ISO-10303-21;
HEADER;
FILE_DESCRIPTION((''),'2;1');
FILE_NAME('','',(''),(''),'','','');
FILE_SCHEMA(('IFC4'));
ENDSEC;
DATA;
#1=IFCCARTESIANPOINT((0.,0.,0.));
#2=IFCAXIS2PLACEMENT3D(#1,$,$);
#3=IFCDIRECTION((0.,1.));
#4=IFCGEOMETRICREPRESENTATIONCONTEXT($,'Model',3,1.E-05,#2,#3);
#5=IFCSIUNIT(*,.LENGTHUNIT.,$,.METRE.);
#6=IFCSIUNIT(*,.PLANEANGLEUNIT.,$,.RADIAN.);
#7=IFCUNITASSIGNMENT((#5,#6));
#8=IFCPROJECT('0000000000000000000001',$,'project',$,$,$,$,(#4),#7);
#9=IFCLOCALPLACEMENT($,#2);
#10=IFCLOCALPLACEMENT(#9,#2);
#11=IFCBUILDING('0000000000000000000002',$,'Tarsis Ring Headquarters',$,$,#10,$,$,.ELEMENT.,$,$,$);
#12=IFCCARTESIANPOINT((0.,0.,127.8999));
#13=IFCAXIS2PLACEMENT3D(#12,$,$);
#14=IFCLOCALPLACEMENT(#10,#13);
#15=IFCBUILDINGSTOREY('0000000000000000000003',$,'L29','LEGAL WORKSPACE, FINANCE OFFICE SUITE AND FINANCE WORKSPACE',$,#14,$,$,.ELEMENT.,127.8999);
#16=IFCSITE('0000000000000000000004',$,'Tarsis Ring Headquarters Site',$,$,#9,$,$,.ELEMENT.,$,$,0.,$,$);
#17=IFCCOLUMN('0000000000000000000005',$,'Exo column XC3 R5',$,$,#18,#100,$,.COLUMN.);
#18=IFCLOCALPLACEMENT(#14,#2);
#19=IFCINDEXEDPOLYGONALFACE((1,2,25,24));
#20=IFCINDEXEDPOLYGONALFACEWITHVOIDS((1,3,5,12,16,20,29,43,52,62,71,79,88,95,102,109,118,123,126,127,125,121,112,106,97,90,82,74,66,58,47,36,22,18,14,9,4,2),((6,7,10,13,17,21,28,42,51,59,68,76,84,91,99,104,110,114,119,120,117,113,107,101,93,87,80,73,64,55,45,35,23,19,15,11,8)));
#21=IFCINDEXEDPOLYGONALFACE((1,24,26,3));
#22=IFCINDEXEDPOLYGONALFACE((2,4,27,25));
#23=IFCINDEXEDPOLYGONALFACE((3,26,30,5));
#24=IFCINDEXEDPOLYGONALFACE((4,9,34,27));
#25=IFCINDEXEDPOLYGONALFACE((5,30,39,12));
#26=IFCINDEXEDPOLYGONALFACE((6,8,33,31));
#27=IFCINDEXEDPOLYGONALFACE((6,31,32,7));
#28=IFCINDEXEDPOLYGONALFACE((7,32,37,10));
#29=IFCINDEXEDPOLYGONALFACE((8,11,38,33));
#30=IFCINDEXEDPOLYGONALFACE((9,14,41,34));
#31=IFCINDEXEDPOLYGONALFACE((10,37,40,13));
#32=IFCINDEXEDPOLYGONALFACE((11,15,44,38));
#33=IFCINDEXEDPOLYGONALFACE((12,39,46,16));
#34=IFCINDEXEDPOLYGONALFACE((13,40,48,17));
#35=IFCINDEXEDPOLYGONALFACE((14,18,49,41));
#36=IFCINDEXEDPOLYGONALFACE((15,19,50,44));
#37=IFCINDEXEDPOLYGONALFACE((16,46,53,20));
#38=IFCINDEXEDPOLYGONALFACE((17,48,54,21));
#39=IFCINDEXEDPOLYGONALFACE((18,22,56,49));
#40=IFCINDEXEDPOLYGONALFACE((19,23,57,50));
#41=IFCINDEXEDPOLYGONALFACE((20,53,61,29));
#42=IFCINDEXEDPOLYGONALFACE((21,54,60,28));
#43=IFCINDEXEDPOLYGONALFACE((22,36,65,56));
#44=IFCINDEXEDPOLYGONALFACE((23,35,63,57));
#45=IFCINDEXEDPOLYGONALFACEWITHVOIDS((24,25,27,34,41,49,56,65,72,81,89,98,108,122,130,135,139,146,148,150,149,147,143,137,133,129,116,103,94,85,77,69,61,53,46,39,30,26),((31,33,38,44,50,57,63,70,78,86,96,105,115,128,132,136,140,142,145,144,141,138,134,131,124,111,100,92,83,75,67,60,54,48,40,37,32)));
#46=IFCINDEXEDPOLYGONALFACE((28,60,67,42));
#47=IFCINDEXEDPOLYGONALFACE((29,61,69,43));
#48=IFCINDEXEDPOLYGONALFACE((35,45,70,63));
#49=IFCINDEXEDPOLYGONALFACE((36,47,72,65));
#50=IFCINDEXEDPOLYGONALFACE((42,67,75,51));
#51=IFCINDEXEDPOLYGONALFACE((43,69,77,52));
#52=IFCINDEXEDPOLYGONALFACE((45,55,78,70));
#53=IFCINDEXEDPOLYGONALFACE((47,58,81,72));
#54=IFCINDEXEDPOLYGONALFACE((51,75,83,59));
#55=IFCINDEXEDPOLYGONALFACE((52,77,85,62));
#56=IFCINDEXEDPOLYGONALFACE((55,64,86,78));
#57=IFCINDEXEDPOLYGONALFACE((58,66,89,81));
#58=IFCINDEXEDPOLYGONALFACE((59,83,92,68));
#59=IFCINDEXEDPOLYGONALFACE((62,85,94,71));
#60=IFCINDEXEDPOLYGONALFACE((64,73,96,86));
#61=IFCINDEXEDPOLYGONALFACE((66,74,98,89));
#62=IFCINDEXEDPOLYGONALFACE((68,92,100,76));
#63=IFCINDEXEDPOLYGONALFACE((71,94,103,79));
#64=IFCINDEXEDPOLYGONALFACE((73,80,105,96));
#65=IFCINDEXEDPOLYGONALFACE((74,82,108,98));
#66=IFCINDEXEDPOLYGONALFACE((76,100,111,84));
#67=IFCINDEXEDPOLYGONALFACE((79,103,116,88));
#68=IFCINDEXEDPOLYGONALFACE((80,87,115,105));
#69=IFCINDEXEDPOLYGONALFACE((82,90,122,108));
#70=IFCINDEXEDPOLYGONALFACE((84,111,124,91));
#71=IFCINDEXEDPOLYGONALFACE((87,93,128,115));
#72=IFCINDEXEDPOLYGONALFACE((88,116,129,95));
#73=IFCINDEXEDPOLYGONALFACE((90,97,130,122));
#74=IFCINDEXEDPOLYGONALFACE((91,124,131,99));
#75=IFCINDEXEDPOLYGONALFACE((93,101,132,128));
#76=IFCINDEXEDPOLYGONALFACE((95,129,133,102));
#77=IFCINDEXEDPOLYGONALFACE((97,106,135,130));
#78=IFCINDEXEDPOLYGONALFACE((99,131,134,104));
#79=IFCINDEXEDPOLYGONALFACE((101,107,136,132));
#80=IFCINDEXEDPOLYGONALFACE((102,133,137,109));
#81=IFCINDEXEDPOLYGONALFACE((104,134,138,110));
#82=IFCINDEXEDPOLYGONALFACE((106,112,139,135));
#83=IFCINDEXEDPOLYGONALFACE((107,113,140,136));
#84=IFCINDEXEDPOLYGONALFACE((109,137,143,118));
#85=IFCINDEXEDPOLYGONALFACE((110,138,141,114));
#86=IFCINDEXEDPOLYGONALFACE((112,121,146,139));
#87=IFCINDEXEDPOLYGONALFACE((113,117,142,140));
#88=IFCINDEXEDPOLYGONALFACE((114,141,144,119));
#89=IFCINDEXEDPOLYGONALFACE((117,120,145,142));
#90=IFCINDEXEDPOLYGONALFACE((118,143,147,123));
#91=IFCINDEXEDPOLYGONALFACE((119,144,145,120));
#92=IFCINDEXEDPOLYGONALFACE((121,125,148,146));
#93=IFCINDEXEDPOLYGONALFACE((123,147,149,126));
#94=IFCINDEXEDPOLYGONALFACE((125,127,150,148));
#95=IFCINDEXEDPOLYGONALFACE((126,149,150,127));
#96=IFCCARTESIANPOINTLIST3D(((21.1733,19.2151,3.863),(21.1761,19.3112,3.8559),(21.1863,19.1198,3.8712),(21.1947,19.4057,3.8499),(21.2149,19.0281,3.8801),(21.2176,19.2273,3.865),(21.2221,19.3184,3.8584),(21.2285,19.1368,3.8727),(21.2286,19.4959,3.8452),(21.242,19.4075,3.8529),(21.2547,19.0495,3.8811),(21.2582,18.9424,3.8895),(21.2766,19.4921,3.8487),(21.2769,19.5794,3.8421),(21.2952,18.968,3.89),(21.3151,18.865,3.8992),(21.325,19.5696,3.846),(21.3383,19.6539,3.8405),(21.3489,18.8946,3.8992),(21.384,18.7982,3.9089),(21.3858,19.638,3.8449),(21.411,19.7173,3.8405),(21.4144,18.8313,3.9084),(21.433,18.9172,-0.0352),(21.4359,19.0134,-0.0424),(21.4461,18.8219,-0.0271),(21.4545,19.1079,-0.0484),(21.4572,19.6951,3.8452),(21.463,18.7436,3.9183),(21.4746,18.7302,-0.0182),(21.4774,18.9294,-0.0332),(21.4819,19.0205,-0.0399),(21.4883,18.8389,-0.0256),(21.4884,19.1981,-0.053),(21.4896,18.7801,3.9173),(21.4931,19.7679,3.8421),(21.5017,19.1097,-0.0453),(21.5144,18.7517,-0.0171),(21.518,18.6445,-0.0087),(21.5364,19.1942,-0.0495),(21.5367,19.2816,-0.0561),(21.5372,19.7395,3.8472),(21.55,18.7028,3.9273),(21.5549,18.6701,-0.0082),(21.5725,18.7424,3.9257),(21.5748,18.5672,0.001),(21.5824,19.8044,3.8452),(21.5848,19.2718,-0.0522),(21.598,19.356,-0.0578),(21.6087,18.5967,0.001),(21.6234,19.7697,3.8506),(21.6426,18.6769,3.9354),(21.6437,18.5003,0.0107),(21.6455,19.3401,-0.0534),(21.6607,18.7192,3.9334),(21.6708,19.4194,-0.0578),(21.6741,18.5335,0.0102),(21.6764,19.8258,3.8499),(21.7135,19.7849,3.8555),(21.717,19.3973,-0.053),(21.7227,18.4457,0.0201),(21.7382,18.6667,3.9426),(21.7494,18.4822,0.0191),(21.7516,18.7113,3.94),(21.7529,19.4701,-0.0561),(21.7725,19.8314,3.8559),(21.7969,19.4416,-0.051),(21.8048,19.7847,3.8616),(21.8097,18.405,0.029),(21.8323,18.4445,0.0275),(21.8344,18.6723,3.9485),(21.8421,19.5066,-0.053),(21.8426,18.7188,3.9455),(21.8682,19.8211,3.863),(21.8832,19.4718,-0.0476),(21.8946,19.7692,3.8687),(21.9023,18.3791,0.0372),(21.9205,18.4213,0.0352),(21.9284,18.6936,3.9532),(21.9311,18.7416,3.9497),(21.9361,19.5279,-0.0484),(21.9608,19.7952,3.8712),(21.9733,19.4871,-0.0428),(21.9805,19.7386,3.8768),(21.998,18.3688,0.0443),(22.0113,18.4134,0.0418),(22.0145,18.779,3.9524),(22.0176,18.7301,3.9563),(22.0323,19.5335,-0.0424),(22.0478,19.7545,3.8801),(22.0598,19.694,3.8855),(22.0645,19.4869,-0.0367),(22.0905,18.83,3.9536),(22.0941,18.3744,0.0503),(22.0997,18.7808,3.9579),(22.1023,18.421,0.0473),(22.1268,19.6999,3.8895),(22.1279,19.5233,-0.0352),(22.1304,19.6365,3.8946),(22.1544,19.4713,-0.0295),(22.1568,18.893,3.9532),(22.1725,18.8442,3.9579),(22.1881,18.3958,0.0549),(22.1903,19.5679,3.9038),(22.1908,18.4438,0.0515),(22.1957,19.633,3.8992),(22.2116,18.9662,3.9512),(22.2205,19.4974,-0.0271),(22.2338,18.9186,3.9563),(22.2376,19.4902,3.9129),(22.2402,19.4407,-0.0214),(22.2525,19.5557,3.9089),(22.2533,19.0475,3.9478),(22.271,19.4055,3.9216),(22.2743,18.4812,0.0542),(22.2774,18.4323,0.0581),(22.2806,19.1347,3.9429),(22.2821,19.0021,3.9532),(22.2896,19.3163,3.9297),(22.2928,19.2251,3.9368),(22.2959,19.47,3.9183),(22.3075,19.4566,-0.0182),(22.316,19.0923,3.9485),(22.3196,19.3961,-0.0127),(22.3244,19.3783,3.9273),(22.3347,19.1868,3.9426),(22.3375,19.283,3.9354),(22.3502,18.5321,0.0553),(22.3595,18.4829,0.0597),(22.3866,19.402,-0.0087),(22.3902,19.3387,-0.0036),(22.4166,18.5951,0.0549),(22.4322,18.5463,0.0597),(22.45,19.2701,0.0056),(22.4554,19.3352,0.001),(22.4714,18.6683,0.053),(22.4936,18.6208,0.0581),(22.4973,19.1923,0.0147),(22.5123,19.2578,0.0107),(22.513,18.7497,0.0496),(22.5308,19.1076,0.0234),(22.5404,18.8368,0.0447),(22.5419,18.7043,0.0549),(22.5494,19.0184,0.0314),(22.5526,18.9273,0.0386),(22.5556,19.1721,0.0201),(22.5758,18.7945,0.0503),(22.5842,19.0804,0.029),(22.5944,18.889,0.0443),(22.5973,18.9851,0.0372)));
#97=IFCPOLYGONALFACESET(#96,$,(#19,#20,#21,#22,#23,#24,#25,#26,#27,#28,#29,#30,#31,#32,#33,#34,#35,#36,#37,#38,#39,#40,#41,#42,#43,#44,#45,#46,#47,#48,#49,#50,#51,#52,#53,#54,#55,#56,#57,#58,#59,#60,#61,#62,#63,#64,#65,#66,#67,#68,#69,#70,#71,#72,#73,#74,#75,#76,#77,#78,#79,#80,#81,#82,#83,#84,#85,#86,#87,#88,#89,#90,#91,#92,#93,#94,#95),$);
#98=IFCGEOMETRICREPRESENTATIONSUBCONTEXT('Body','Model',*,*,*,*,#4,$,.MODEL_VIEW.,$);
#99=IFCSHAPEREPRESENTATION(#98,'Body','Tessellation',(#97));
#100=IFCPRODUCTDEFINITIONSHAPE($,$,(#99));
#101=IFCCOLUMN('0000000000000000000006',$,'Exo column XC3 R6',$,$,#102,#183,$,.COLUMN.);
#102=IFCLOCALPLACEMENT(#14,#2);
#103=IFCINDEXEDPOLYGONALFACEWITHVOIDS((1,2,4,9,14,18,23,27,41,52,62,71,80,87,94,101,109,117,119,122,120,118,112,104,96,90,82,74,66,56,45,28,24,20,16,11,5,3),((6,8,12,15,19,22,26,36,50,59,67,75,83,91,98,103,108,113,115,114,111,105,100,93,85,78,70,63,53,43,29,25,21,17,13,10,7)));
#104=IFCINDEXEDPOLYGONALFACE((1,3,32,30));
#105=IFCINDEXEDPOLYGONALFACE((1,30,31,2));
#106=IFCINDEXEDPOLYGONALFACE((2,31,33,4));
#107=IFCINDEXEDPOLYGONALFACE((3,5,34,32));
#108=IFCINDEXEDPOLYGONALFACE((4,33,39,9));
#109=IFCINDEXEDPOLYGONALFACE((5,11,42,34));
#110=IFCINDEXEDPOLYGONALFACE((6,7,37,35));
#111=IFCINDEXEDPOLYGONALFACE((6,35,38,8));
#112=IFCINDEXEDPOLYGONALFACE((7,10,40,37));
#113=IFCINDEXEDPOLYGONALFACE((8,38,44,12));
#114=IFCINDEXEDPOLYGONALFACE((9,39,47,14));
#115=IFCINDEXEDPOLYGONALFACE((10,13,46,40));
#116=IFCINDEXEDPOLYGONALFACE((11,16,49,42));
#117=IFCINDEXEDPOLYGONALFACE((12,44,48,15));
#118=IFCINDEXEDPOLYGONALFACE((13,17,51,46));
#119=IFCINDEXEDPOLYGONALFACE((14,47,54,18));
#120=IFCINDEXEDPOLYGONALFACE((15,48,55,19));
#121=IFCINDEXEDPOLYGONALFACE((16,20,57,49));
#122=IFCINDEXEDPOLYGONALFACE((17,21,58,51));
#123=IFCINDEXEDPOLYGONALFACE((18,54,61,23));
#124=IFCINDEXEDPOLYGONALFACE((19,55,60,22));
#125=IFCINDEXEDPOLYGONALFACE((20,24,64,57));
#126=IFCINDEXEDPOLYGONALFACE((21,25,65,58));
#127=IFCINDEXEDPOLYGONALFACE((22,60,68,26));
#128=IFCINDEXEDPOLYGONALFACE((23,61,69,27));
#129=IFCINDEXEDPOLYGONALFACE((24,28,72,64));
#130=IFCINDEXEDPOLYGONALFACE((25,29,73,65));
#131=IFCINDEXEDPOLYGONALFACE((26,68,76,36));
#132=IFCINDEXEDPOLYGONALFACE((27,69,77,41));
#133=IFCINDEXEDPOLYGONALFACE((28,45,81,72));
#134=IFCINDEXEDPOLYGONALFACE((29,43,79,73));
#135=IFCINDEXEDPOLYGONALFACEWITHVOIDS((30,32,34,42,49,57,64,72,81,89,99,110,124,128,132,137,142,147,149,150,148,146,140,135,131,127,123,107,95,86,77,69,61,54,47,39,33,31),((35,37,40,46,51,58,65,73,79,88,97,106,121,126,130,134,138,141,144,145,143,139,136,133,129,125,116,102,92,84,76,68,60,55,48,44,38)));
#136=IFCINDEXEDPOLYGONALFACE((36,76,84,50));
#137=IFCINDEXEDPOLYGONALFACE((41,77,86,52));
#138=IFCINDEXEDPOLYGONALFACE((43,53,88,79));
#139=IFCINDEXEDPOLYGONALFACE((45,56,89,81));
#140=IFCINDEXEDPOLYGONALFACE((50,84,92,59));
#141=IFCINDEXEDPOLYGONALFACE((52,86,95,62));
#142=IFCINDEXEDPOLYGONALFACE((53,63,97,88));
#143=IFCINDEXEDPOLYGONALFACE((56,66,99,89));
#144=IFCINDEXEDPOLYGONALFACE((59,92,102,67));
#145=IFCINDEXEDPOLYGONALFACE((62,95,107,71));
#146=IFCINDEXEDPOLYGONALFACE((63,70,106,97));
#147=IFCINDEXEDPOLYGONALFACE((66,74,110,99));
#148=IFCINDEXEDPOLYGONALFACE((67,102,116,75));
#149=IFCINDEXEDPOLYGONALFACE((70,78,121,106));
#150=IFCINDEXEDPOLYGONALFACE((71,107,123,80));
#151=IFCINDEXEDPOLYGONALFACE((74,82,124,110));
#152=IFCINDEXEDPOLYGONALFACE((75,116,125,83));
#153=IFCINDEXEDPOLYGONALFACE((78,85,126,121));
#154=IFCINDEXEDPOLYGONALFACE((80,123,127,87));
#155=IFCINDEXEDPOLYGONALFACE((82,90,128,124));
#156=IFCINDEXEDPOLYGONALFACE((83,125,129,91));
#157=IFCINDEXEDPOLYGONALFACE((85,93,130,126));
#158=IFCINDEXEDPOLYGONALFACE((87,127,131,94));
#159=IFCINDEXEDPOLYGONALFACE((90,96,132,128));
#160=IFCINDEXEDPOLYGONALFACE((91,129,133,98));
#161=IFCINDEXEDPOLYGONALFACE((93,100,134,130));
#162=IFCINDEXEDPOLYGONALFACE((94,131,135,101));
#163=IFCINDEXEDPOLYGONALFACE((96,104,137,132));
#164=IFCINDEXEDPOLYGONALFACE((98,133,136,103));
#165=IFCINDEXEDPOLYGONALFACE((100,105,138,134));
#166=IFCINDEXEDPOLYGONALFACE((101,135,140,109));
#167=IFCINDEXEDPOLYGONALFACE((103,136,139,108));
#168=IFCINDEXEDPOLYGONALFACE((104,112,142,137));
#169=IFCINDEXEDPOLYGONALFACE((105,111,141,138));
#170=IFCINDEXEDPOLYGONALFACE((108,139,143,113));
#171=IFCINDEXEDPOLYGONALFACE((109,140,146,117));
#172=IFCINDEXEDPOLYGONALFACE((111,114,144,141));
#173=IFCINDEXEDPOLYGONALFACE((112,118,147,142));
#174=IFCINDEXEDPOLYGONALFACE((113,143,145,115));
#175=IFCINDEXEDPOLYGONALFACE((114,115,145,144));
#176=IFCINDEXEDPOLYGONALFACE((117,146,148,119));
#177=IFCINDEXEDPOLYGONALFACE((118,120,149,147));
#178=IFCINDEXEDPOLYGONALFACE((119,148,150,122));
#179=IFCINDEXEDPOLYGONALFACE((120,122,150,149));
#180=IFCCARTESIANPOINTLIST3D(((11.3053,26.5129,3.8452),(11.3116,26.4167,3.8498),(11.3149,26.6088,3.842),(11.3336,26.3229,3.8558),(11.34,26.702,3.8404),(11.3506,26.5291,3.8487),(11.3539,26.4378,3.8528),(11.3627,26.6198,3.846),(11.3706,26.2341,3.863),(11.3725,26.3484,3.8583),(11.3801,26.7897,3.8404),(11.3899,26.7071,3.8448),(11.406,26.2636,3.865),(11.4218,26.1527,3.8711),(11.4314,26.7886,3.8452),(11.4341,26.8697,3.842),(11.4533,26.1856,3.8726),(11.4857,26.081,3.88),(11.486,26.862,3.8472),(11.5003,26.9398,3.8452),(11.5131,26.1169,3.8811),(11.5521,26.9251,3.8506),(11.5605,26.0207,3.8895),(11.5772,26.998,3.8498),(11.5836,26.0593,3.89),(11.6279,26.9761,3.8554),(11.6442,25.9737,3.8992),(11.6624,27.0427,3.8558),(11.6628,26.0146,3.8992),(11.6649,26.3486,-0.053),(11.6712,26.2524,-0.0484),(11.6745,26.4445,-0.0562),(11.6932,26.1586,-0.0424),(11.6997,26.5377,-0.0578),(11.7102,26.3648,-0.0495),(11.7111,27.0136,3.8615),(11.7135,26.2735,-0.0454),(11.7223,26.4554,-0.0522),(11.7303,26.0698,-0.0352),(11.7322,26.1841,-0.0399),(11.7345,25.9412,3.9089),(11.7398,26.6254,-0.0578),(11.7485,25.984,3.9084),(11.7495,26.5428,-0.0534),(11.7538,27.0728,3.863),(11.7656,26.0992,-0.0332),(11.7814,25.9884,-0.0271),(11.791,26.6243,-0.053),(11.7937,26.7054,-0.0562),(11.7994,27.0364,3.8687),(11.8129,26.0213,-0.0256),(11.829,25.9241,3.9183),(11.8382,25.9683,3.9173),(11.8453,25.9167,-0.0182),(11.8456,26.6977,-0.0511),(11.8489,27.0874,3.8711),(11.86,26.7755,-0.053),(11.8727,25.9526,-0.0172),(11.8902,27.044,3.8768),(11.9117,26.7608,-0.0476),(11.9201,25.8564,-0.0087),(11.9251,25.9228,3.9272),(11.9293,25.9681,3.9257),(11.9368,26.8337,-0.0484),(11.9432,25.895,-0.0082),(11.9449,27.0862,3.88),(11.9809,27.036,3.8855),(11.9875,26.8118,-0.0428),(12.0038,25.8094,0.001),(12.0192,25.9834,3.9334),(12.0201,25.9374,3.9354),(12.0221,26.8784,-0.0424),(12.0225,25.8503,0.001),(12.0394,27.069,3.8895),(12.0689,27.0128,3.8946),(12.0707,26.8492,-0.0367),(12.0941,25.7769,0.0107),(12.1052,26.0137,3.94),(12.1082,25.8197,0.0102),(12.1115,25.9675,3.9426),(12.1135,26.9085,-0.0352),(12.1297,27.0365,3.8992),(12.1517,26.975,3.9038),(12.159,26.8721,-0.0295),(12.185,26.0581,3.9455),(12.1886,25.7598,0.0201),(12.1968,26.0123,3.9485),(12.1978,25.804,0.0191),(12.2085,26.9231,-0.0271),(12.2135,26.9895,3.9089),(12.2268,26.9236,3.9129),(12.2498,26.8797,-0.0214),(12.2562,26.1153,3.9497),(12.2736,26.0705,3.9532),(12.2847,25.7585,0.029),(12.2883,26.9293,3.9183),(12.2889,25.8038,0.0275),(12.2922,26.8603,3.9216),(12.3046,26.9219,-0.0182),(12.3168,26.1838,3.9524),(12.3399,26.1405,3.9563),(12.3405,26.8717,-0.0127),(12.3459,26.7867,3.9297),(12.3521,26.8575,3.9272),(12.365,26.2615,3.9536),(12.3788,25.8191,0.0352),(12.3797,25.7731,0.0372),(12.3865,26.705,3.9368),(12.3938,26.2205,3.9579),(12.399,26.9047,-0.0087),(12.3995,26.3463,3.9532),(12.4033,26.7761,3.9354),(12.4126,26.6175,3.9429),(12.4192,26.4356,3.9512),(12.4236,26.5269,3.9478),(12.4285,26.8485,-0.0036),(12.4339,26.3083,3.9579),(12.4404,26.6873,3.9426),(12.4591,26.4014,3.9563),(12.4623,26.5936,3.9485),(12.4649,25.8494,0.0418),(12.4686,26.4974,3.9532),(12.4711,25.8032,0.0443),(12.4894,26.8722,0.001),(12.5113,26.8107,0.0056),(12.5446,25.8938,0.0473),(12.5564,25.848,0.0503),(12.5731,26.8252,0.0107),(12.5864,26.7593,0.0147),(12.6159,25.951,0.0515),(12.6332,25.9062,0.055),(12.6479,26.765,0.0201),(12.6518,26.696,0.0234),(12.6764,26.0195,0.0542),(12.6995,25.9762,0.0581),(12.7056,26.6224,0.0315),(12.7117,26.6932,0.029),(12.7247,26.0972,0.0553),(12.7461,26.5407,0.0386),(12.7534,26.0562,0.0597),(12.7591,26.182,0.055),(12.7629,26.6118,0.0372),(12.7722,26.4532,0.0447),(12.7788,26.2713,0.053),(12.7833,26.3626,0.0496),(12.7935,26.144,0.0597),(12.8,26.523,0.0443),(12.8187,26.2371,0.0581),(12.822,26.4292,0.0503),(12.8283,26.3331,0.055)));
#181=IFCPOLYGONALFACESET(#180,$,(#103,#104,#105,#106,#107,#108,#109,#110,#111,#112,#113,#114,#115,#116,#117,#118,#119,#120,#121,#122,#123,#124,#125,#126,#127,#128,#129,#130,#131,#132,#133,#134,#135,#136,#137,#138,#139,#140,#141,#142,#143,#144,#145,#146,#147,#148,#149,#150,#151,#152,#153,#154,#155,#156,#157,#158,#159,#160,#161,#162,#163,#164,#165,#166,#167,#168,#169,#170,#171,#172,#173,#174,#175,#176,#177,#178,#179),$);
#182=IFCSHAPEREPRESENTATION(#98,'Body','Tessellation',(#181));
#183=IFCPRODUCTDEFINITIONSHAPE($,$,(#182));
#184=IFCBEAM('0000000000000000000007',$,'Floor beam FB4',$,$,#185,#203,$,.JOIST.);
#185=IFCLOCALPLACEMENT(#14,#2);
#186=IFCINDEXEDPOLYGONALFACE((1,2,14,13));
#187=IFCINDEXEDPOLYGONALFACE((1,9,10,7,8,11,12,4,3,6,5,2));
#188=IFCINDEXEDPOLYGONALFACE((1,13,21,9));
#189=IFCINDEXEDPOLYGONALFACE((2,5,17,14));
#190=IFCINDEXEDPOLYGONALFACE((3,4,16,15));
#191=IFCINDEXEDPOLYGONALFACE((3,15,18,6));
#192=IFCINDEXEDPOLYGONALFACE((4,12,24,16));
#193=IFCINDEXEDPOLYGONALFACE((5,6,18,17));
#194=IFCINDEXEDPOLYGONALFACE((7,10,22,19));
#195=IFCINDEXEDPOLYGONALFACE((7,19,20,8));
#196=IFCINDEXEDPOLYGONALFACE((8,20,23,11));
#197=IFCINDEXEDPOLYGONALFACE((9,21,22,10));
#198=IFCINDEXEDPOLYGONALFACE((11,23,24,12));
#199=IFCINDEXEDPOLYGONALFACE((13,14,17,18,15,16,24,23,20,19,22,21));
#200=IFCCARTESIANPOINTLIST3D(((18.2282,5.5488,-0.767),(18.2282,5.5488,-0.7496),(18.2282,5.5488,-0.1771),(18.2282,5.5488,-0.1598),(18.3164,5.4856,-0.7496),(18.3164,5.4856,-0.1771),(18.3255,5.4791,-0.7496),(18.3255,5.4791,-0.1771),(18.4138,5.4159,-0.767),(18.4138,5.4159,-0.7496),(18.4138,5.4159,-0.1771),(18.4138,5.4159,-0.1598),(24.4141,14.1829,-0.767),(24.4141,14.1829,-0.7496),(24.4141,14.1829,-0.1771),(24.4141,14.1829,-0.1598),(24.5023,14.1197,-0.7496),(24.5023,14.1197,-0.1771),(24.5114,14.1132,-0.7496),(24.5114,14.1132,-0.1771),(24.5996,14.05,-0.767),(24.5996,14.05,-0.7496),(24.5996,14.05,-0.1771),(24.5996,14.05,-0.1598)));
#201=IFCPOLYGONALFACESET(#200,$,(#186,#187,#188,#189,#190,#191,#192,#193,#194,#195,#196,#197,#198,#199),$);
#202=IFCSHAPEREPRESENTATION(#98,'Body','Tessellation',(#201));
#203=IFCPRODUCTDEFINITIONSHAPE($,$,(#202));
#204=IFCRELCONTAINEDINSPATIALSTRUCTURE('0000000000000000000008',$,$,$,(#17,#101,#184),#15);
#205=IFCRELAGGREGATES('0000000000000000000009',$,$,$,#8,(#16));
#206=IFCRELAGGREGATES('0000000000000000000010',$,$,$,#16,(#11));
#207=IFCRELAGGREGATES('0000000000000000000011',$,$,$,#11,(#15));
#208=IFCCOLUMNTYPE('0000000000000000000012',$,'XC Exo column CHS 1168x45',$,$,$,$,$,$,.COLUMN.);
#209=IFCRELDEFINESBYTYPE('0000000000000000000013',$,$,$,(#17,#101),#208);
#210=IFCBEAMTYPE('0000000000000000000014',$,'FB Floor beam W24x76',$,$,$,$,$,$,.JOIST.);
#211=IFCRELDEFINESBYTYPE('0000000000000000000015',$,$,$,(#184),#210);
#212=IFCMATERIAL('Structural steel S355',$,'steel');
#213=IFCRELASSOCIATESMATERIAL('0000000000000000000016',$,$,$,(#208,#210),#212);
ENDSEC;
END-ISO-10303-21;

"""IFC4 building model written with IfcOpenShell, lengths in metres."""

from ifc_helpers import new_model, si_unit, direction, frame, origin, origin_2d, place, context, subcontext, project, spatial, hollow_circle, i_section, extrude, material, material_profile, profile_set, type_object, element, save


model = new_model("IFC4")

# Units and contexts
model_context = context("Model", 3, precision=1e-05, world=origin(), true_north=direction((0.0, 1.0)))
body_context = subcontext(model_context, "Body", "Model", "MODEL_VIEW")
ifc_project = project(units=[si_unit("LENGTHUNIT", "METRE"), si_unit("PLANEANGLEUNIT", "RADIAN")], contexts=[model_context])

# Site, building, storey
site_placement = place(None, origin())
site = spatial("IfcSite", under=ifc_project, at=site_placement, Name="Tarsis Ring Headquarters Site", CompositionType="ELEMENT", RefElevation=0.0)
building_placement = place(site_placement, origin())
building = spatial("IfcBuilding", under=site, at=building_placement, Name="Tarsis Ring Headquarters", CompositionType="ELEMENT")
storey_placement = place(building_placement, frame((0.0, 0.0, 127.8999)))
storey = spatial("IfcBuildingStorey", under=building, at=storey_placement, Name="L29", Description="LEGAL WORKSPACE, FINANCE OFFICE SUITE AND FINANCE WORKSPACE", CompositionType="ELEMENT", Elevation=127.8999)

# Columns
ifc_material_1 = material(Name="Structural steel S355", Category="steel")
ifc_material_profile_1 = material_profile(ifc_material_1, hollow_circle(Radius=0.5842, WallThickness=0.0449, at=origin_2d()), Name="CHS 1168x45")
ifc_profile_set_1 = profile_set([ifc_material_profile_1], Name="Structural steel S355")
column_type = type_object("IfcColumnType", Name="XC Exo column CHS 1168x45", PredefinedType="COLUMN", material=ifc_profile_set_1)
for number, where, z_axis, x_axis, name in (
    (1, (22.0151, 18.9512, 0.001), (-0.066298, 0.076018, 0.9949), (-0.753647, -0.657279, 0.0), "Exo column XC3 R5"),
    (2, (12.2466, 26.3408, 0.001), (-0.091782, 0.041934, 0.994896), (-0.41557, -0.909561, 0.0), "Exo column XC3 R6"),
):
    element("IfcColumn", number, at=place(storey_placement, frame(where, z_axis=z_axis, x_axis=x_axis)), inside=storey, type_object=column_type, Name=name, PredefinedType="COLUMN", context=body_context, shape_type="SweptSolid", body=[
        extrude(hollow_circle(Radius=0.5842, WallThickness=0.0449, at=origin_2d()), origin(), (0.0, 0.0, 1.0), 3.9182),
    ])

# Beam
ifc_material_profile_2 = material_profile(ifc_material_1, i_section(OverallWidth=0.2283, OverallDepth=0.6072, WebThickness=0.0112, FlangeThickness=0.0173, at=origin_2d()), Name="W24x76")
ifc_profile_set_2 = profile_set([ifc_material_profile_2], Name="Structural steel S355")
beam_type_1 = type_object("IfcBeamType", Name="FB Floor beam W24x76", PredefinedType="JOIST", material=ifc_profile_set_2)
beam_1_placement = place(storey_placement, frame((24.5068, 14.1165, -0.4634), z_axis=(-0.582399, -0.812903, 0.0), x_axis=(0.812903, -0.582399, 0.0)))
element("IfcBeam", 3, at=beam_1_placement, inside=storey, type_object=beam_type_1, Name="Floor beam FB4", PredefinedType="JOIST", context=body_context, shape_type="SweptSolid", body=[
    extrude(i_section(OverallWidth=0.2283, OverallDepth=0.6072, WebThickness=0.0112, FlangeThickness=0.0173, at=origin_2d()), origin(), (0.0, 0.0, 1.0), 10.6213),
])

save(model, "model.ifc")
